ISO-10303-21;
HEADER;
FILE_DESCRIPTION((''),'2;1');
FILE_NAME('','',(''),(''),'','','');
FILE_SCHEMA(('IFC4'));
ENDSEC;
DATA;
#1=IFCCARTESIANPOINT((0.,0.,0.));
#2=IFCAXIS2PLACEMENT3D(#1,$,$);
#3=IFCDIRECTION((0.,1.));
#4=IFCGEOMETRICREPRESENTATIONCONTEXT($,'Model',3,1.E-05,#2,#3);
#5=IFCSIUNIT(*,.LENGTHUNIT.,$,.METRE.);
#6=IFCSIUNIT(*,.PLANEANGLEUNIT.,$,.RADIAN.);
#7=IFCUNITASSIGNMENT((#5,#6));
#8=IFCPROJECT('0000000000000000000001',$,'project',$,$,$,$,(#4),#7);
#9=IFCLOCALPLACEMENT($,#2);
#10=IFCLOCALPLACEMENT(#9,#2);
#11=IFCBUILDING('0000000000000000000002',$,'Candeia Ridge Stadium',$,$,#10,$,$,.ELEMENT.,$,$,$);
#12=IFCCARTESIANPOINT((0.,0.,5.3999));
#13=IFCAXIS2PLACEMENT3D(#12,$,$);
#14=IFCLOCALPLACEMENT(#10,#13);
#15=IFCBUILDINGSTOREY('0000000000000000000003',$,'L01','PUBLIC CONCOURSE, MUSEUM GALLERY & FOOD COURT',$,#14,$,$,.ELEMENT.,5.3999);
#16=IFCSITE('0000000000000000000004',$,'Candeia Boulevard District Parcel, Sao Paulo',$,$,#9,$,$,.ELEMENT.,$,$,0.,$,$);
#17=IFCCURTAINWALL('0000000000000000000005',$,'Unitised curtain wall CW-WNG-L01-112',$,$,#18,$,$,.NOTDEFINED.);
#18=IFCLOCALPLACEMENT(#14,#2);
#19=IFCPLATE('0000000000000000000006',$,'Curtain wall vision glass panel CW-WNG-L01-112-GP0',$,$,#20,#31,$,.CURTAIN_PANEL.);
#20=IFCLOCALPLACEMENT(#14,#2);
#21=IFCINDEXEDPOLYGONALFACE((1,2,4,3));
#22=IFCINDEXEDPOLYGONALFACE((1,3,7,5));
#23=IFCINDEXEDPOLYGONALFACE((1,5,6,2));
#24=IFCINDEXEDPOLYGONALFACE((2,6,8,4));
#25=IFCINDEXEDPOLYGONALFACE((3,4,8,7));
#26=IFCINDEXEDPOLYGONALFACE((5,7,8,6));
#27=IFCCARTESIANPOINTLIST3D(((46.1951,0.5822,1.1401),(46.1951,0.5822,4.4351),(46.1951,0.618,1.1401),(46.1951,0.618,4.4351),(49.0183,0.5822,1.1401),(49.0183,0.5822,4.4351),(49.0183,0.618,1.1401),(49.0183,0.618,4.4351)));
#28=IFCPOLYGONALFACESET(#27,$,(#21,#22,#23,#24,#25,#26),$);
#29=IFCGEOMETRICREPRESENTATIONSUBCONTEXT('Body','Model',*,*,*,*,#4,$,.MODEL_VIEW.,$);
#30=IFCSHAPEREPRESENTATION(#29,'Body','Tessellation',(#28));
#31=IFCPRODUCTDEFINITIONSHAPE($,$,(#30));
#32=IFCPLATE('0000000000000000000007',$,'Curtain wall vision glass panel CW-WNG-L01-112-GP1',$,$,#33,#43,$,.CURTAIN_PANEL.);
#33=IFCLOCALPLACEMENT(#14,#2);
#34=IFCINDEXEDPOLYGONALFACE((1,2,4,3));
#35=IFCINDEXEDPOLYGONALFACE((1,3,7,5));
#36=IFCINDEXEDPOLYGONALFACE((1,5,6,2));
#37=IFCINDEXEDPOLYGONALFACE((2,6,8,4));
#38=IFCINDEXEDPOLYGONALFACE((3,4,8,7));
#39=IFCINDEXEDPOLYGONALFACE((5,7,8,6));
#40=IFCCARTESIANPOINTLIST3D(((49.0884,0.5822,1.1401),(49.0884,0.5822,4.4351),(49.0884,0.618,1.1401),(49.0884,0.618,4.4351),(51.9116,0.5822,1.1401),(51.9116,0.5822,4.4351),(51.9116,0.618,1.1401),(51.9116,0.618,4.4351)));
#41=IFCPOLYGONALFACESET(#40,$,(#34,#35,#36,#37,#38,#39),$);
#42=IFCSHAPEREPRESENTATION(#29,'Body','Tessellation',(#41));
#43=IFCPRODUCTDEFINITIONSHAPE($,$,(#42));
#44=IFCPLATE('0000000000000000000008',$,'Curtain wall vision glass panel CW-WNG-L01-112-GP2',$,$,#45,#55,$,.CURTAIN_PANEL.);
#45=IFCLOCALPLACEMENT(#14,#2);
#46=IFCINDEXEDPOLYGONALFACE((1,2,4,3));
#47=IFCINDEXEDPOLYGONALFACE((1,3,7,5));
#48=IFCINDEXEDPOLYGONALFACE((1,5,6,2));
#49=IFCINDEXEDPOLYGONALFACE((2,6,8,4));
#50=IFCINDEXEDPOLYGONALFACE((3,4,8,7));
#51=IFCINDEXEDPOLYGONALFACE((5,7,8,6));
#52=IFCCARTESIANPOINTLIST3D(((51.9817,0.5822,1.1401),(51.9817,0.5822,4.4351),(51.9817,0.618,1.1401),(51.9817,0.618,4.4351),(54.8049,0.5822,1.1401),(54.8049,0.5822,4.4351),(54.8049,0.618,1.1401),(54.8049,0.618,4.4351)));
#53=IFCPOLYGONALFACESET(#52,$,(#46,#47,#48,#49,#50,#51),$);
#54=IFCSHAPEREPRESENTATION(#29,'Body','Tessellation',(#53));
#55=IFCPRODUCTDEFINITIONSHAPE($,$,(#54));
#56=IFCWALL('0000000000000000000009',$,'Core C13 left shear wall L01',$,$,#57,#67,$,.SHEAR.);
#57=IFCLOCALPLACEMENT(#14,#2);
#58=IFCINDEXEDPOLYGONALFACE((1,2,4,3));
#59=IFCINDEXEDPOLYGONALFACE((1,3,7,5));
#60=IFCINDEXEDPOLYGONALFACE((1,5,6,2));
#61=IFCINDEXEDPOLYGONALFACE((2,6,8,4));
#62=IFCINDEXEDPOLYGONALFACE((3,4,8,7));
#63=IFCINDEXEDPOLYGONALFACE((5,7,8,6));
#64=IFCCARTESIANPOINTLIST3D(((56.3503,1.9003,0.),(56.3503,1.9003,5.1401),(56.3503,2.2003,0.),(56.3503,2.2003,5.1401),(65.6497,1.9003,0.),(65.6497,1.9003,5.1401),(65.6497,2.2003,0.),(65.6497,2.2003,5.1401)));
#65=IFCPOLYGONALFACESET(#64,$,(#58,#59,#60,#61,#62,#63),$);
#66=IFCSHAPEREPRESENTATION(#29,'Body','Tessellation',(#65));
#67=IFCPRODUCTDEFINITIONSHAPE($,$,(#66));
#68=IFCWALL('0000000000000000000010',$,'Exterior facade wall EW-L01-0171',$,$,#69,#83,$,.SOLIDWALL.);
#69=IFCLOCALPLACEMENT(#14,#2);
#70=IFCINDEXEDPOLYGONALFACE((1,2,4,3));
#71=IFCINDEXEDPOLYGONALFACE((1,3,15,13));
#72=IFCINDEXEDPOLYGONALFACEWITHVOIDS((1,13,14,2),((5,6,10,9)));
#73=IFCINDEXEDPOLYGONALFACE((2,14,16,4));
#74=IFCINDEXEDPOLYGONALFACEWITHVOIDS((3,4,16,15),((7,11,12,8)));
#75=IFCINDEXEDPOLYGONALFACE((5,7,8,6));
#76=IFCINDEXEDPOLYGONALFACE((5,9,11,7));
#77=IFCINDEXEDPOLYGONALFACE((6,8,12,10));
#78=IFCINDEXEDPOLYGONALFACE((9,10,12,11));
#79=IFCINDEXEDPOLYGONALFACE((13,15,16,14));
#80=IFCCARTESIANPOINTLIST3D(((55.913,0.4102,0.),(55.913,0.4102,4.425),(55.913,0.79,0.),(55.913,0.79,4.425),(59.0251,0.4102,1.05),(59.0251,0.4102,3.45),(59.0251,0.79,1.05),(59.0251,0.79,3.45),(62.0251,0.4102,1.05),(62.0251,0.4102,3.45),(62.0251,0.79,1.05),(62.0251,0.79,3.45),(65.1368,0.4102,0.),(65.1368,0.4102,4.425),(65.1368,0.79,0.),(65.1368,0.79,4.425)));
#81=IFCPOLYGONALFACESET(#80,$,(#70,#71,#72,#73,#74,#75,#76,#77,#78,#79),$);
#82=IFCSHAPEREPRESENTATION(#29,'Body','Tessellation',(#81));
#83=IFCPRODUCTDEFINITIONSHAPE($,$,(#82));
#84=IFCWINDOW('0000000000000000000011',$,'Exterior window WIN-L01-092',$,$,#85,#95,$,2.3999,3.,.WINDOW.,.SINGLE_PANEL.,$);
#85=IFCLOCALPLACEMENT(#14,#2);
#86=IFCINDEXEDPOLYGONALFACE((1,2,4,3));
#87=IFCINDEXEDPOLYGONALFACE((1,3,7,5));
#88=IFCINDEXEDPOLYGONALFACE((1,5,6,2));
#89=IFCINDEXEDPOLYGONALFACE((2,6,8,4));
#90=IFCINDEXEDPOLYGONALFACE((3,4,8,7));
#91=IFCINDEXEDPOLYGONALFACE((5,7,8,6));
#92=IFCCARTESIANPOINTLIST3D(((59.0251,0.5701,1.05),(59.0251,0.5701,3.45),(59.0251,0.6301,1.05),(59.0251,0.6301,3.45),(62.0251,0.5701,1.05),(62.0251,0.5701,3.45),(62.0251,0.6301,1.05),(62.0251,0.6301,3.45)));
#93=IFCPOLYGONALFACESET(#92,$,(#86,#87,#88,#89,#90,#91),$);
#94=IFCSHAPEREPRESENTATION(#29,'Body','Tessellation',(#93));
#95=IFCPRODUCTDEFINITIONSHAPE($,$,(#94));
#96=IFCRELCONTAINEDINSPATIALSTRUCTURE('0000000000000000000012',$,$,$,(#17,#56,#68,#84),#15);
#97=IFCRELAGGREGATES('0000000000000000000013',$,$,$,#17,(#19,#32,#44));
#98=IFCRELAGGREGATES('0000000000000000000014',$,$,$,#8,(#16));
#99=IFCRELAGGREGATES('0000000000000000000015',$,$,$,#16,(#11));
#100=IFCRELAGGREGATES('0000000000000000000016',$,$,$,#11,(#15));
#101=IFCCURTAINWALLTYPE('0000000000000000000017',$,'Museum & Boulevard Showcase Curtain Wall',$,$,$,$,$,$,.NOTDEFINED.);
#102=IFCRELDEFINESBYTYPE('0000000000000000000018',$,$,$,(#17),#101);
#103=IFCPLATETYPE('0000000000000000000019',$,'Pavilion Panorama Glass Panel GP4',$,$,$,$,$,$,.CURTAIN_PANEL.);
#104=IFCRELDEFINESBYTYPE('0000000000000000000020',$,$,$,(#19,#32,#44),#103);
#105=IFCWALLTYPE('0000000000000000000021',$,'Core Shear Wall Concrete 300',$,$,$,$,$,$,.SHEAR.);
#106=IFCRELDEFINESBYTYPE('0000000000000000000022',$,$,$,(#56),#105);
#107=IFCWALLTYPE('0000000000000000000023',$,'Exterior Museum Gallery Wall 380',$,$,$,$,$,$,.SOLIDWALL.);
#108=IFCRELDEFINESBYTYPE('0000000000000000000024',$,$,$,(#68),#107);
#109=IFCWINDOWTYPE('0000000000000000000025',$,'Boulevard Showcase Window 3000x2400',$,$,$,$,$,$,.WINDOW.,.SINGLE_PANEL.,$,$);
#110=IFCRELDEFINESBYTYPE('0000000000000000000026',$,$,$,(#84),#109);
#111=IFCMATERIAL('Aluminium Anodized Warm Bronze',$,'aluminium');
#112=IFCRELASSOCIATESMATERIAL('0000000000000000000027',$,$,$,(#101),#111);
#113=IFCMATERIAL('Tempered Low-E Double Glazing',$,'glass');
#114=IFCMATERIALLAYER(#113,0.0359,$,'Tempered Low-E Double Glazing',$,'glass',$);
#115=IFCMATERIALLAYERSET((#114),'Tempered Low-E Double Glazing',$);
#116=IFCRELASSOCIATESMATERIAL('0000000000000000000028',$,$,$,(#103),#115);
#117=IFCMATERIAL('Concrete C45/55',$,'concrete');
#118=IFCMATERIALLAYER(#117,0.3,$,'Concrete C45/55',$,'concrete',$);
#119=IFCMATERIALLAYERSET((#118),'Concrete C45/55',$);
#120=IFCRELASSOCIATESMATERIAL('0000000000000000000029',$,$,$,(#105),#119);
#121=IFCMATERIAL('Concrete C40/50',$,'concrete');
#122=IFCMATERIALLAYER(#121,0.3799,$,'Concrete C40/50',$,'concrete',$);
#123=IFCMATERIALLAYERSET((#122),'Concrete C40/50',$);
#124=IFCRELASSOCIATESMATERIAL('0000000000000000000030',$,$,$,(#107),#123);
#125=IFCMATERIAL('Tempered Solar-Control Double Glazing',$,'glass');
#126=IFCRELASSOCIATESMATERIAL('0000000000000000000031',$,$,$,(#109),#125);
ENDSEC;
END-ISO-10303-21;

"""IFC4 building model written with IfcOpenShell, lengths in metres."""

from ifc_helpers import new_model, si_unit, direction, frame, frame_2d, origin, origin_2d, place, context, subcontext, project, spatial, rectangle, extrude, material, layer, layer_set, type_object, element, fill, aggregate, save


model = new_model("IFC4")

# Units and contexts
model_context = context("Model", 3, precision=1e-05, world=origin(), true_north=direction((0.0, 1.0)))
body_context = subcontext(model_context, "Body", "Model", "MODEL_VIEW")
ifc_project = project(units=[si_unit("LENGTHUNIT", "METRE"), si_unit("PLANEANGLEUNIT", "RADIAN")], contexts=[model_context])

# Site, building, storey
site_placement = place(None, origin())
site = spatial("IfcSite", under=ifc_project, at=site_placement, Name="Candeia Boulevard District Parcel, Sao Paulo", CompositionType="ELEMENT", RefElevation=0.0)
building_placement = place(site_placement, origin())
building = spatial("IfcBuilding", under=site, at=building_placement, Name="Candeia Ridge Stadium", CompositionType="ELEMENT")
storey_placement = place(building_placement, frame((0.0, 0.0, 5.3999)))
storey = spatial("IfcBuildingStorey", under=building, at=storey_placement, Name="L01", Description="PUBLIC CONCOURSE, MUSEUM GALLERY & FOOD COURT", CompositionType="ELEMENT", Elevation=5.3999)

# Shared definitions
ifc_material_1 = material(Name="Concrete C45/55", Category="concrete")

# Curtain wall
ifc_material_2 = material(Name="Aluminium Anodized Warm Bronze", Category="aluminium")
curtain_wall_type = type_object("IfcCurtainWallType", Name="Museum & Boulevard Showcase Curtain Wall", PredefinedType="NOTDEFINED", material=ifc_material_2)
curtain_wall_placement = place(storey_placement, origin())
curtain_wall = element("IfcCurtainWall", 1, at=curtain_wall_placement, inside=storey, type_object=curtain_wall_type, Name="Unitised curtain wall CW-WNG-L01-112", PredefinedType="NOTDEFINED")

# Shared definitions
ifc_material_3 = material(Name="Concrete C40/50", Category="concrete")

# Plates
ifc_material_4 = material(Name="Tempered Low-E Double Glazing", Category="glass")
ifc_layer_1 = layer(ifc_material_4, 0.0359, Name="Tempered Low-E Double Glazing", Category="glass")
ifc_layer_set_1 = layer_set([ifc_layer_1], Name="Tempered Low-E Double Glazing")
plate_type_1 = type_object("IfcPlateType", Name="Pavilion Panorama Glass Panel GP4", PredefinedType="CURTAIN_PANEL", material=ifc_layer_set_1)
plate_1_placement = place(storey_placement, frame((47.6067, 0.6001, 1.1401), z_axis=(0.0, 0.0, 1.0), x_axis=(1.0, 0.0, 0.0)))
plate_1 = element("IfcPlate", 2, at=plate_1_placement, type_object=plate_type_1, Name="Curtain wall vision glass panel CW-WNG-L01-112-GP0", PredefinedType="CURTAIN_PANEL", context=body_context, shape_type="SweptSolid", body=[
    extrude(rectangle(XDim=2.8232, YDim=0.0359, at=origin_2d()), origin(), (0.0, 0.0, 1.0), 3.2949),
])
plate_2_placement = place(storey_placement, frame((50.5, 0.6001, 1.1401), z_axis=(0.0, 0.0, 1.0), x_axis=(1.0, 0.0, 0.0)))
plate_2 = element("IfcPlate", 3, at=plate_2_placement, type_object=plate_type_1, Name="Curtain wall vision glass panel CW-WNG-L01-112-GP1", PredefinedType="CURTAIN_PANEL", context=body_context, shape_type="SweptSolid", body=[
    extrude(rectangle(XDim=2.8232, YDim=0.0359, at=origin_2d()), origin(), (0.0, 0.0, 1.0), 3.2949),
])
plate_3_placement = place(storey_placement, frame((53.3933, 0.6001, 1.1401), z_axis=(0.0, 0.0, 1.0), x_axis=(1.0, 0.0, 0.0)))
plate_3 = element("IfcPlate", 4, at=plate_3_placement, type_object=plate_type_1, Name="Curtain wall vision glass panel CW-WNG-L01-112-GP2", PredefinedType="CURTAIN_PANEL", context=body_context, shape_type="SweptSolid", body=[
    extrude(rectangle(XDim=2.8232, YDim=0.0359, at=origin_2d()), origin(), (0.0, 0.0, 1.0), 3.2949),
])
aggregate(curtain_wall, [plate_1, plate_2, plate_3])

# Wall
ifc_layer_2 = layer(ifc_material_1, 0.3, Name="Concrete C45/55", Category="concrete")
ifc_layer_set_2 = layer_set([ifc_layer_2], Name="Concrete C45/55")
wall_type_1 = type_object("IfcWallType", Name="Core Shear Wall Concrete 300", PredefinedType="SHEAR", material=ifc_layer_set_2)
wall_1_placement = place(storey_placement, frame((56.3503, 2.0503, 0.0), z_axis=(0.0, 0.0, 1.0), x_axis=(1.0, 0.0, 0.0)))
element("IfcWall", 5, at=wall_1_placement, inside=storey, type_object=wall_type_1, Name="Core C13 left shear wall L01", PredefinedType="SHEAR", context=body_context, shape_type="SweptSolid", body=[
    extrude(rectangle(XDim=9.2993, YDim=0.3, at=frame_2d((4.6497, 0.0))), origin(), (0.0, 0.0, 1.0), 5.1401),
])

# Wall, opening, window
ifc_layer_3 = layer(ifc_material_3, 0.3799, Name="Concrete C40/50", Category="concrete")
ifc_layer_set_3 = layer_set([ifc_layer_3], Name="Concrete C40/50")
wall_type_2 = type_object("IfcWallType", Name="Exterior Museum Gallery Wall 380", PredefinedType="SOLIDWALL", material=ifc_layer_set_3)
wall_2_placement = place(storey_placement, frame((55.9131, 0.6001, 0.0), z_axis=(0.0, 0.0, 1.0), x_axis=(1.0, 0.0, 0.0)))
wall_2 = element("IfcWall", 6, at=wall_2_placement, inside=storey, type_object=wall_type_2, Name="Exterior facade wall EW-L01-0171", PredefinedType="SOLIDWALL", context=body_context, shape_type="SweptSolid", body=[
    extrude(rectangle(XDim=9.2239, YDim=0.3799, at=frame_2d((4.6118, 0.0))), origin(), (0.0, 0.0, 1.0), 4.425),
])
opening_placement = place(wall_2_placement, frame((3.1121, 0.0, 1.05)))
opening = element("IfcOpeningElement", 7, at=opening_placement, cuts=wall_2, PredefinedType="OPENING", context=body_context, shape_type="SweptSolid", body=[
    extrude(rectangle(XDim=3.0, YDim=2.3999, at=frame_2d((1.5, 1.2))), frame((0.0, 0.2, 0.0), z_axis=(0.0, -1.0, 0.0), x_axis=(1.0, 0.0, 0.0)), (0.0, 0.0, 1.0), 0.3999),
])
ifc_material_5 = material(Name="Tempered Solar-Control Double Glazing", Category="glass")
window_type = type_object("IfcWindowType", Name="Boulevard Showcase Window 3000x2400", PartitioningType="SINGLE_PANEL", PredefinedType="WINDOW", material=ifc_material_5)
window_placement = place(opening_placement, origin())
window = element("IfcWindow", 8, at=window_placement, inside=storey, type_object=window_type, Name="Exterior window WIN-L01-092", OverallHeight=2.3999, OverallWidth=3.0, PartitioningType="SINGLE_PANEL", PredefinedType="WINDOW", context=body_context, shape_type="SweptSolid", body=[
    extrude(rectangle(XDim=3.0, YDim=2.3999, at=frame_2d((1.5, 1.2))), frame((0.0, 0.03, 0.0), z_axis=(0.0, -1.0, 0.0), x_axis=(1.0, 0.0, 0.0)), (0.0, 0.0, 1.0), 0.0601),
])
fill(opening, window)

save(model, "model.ifc")
